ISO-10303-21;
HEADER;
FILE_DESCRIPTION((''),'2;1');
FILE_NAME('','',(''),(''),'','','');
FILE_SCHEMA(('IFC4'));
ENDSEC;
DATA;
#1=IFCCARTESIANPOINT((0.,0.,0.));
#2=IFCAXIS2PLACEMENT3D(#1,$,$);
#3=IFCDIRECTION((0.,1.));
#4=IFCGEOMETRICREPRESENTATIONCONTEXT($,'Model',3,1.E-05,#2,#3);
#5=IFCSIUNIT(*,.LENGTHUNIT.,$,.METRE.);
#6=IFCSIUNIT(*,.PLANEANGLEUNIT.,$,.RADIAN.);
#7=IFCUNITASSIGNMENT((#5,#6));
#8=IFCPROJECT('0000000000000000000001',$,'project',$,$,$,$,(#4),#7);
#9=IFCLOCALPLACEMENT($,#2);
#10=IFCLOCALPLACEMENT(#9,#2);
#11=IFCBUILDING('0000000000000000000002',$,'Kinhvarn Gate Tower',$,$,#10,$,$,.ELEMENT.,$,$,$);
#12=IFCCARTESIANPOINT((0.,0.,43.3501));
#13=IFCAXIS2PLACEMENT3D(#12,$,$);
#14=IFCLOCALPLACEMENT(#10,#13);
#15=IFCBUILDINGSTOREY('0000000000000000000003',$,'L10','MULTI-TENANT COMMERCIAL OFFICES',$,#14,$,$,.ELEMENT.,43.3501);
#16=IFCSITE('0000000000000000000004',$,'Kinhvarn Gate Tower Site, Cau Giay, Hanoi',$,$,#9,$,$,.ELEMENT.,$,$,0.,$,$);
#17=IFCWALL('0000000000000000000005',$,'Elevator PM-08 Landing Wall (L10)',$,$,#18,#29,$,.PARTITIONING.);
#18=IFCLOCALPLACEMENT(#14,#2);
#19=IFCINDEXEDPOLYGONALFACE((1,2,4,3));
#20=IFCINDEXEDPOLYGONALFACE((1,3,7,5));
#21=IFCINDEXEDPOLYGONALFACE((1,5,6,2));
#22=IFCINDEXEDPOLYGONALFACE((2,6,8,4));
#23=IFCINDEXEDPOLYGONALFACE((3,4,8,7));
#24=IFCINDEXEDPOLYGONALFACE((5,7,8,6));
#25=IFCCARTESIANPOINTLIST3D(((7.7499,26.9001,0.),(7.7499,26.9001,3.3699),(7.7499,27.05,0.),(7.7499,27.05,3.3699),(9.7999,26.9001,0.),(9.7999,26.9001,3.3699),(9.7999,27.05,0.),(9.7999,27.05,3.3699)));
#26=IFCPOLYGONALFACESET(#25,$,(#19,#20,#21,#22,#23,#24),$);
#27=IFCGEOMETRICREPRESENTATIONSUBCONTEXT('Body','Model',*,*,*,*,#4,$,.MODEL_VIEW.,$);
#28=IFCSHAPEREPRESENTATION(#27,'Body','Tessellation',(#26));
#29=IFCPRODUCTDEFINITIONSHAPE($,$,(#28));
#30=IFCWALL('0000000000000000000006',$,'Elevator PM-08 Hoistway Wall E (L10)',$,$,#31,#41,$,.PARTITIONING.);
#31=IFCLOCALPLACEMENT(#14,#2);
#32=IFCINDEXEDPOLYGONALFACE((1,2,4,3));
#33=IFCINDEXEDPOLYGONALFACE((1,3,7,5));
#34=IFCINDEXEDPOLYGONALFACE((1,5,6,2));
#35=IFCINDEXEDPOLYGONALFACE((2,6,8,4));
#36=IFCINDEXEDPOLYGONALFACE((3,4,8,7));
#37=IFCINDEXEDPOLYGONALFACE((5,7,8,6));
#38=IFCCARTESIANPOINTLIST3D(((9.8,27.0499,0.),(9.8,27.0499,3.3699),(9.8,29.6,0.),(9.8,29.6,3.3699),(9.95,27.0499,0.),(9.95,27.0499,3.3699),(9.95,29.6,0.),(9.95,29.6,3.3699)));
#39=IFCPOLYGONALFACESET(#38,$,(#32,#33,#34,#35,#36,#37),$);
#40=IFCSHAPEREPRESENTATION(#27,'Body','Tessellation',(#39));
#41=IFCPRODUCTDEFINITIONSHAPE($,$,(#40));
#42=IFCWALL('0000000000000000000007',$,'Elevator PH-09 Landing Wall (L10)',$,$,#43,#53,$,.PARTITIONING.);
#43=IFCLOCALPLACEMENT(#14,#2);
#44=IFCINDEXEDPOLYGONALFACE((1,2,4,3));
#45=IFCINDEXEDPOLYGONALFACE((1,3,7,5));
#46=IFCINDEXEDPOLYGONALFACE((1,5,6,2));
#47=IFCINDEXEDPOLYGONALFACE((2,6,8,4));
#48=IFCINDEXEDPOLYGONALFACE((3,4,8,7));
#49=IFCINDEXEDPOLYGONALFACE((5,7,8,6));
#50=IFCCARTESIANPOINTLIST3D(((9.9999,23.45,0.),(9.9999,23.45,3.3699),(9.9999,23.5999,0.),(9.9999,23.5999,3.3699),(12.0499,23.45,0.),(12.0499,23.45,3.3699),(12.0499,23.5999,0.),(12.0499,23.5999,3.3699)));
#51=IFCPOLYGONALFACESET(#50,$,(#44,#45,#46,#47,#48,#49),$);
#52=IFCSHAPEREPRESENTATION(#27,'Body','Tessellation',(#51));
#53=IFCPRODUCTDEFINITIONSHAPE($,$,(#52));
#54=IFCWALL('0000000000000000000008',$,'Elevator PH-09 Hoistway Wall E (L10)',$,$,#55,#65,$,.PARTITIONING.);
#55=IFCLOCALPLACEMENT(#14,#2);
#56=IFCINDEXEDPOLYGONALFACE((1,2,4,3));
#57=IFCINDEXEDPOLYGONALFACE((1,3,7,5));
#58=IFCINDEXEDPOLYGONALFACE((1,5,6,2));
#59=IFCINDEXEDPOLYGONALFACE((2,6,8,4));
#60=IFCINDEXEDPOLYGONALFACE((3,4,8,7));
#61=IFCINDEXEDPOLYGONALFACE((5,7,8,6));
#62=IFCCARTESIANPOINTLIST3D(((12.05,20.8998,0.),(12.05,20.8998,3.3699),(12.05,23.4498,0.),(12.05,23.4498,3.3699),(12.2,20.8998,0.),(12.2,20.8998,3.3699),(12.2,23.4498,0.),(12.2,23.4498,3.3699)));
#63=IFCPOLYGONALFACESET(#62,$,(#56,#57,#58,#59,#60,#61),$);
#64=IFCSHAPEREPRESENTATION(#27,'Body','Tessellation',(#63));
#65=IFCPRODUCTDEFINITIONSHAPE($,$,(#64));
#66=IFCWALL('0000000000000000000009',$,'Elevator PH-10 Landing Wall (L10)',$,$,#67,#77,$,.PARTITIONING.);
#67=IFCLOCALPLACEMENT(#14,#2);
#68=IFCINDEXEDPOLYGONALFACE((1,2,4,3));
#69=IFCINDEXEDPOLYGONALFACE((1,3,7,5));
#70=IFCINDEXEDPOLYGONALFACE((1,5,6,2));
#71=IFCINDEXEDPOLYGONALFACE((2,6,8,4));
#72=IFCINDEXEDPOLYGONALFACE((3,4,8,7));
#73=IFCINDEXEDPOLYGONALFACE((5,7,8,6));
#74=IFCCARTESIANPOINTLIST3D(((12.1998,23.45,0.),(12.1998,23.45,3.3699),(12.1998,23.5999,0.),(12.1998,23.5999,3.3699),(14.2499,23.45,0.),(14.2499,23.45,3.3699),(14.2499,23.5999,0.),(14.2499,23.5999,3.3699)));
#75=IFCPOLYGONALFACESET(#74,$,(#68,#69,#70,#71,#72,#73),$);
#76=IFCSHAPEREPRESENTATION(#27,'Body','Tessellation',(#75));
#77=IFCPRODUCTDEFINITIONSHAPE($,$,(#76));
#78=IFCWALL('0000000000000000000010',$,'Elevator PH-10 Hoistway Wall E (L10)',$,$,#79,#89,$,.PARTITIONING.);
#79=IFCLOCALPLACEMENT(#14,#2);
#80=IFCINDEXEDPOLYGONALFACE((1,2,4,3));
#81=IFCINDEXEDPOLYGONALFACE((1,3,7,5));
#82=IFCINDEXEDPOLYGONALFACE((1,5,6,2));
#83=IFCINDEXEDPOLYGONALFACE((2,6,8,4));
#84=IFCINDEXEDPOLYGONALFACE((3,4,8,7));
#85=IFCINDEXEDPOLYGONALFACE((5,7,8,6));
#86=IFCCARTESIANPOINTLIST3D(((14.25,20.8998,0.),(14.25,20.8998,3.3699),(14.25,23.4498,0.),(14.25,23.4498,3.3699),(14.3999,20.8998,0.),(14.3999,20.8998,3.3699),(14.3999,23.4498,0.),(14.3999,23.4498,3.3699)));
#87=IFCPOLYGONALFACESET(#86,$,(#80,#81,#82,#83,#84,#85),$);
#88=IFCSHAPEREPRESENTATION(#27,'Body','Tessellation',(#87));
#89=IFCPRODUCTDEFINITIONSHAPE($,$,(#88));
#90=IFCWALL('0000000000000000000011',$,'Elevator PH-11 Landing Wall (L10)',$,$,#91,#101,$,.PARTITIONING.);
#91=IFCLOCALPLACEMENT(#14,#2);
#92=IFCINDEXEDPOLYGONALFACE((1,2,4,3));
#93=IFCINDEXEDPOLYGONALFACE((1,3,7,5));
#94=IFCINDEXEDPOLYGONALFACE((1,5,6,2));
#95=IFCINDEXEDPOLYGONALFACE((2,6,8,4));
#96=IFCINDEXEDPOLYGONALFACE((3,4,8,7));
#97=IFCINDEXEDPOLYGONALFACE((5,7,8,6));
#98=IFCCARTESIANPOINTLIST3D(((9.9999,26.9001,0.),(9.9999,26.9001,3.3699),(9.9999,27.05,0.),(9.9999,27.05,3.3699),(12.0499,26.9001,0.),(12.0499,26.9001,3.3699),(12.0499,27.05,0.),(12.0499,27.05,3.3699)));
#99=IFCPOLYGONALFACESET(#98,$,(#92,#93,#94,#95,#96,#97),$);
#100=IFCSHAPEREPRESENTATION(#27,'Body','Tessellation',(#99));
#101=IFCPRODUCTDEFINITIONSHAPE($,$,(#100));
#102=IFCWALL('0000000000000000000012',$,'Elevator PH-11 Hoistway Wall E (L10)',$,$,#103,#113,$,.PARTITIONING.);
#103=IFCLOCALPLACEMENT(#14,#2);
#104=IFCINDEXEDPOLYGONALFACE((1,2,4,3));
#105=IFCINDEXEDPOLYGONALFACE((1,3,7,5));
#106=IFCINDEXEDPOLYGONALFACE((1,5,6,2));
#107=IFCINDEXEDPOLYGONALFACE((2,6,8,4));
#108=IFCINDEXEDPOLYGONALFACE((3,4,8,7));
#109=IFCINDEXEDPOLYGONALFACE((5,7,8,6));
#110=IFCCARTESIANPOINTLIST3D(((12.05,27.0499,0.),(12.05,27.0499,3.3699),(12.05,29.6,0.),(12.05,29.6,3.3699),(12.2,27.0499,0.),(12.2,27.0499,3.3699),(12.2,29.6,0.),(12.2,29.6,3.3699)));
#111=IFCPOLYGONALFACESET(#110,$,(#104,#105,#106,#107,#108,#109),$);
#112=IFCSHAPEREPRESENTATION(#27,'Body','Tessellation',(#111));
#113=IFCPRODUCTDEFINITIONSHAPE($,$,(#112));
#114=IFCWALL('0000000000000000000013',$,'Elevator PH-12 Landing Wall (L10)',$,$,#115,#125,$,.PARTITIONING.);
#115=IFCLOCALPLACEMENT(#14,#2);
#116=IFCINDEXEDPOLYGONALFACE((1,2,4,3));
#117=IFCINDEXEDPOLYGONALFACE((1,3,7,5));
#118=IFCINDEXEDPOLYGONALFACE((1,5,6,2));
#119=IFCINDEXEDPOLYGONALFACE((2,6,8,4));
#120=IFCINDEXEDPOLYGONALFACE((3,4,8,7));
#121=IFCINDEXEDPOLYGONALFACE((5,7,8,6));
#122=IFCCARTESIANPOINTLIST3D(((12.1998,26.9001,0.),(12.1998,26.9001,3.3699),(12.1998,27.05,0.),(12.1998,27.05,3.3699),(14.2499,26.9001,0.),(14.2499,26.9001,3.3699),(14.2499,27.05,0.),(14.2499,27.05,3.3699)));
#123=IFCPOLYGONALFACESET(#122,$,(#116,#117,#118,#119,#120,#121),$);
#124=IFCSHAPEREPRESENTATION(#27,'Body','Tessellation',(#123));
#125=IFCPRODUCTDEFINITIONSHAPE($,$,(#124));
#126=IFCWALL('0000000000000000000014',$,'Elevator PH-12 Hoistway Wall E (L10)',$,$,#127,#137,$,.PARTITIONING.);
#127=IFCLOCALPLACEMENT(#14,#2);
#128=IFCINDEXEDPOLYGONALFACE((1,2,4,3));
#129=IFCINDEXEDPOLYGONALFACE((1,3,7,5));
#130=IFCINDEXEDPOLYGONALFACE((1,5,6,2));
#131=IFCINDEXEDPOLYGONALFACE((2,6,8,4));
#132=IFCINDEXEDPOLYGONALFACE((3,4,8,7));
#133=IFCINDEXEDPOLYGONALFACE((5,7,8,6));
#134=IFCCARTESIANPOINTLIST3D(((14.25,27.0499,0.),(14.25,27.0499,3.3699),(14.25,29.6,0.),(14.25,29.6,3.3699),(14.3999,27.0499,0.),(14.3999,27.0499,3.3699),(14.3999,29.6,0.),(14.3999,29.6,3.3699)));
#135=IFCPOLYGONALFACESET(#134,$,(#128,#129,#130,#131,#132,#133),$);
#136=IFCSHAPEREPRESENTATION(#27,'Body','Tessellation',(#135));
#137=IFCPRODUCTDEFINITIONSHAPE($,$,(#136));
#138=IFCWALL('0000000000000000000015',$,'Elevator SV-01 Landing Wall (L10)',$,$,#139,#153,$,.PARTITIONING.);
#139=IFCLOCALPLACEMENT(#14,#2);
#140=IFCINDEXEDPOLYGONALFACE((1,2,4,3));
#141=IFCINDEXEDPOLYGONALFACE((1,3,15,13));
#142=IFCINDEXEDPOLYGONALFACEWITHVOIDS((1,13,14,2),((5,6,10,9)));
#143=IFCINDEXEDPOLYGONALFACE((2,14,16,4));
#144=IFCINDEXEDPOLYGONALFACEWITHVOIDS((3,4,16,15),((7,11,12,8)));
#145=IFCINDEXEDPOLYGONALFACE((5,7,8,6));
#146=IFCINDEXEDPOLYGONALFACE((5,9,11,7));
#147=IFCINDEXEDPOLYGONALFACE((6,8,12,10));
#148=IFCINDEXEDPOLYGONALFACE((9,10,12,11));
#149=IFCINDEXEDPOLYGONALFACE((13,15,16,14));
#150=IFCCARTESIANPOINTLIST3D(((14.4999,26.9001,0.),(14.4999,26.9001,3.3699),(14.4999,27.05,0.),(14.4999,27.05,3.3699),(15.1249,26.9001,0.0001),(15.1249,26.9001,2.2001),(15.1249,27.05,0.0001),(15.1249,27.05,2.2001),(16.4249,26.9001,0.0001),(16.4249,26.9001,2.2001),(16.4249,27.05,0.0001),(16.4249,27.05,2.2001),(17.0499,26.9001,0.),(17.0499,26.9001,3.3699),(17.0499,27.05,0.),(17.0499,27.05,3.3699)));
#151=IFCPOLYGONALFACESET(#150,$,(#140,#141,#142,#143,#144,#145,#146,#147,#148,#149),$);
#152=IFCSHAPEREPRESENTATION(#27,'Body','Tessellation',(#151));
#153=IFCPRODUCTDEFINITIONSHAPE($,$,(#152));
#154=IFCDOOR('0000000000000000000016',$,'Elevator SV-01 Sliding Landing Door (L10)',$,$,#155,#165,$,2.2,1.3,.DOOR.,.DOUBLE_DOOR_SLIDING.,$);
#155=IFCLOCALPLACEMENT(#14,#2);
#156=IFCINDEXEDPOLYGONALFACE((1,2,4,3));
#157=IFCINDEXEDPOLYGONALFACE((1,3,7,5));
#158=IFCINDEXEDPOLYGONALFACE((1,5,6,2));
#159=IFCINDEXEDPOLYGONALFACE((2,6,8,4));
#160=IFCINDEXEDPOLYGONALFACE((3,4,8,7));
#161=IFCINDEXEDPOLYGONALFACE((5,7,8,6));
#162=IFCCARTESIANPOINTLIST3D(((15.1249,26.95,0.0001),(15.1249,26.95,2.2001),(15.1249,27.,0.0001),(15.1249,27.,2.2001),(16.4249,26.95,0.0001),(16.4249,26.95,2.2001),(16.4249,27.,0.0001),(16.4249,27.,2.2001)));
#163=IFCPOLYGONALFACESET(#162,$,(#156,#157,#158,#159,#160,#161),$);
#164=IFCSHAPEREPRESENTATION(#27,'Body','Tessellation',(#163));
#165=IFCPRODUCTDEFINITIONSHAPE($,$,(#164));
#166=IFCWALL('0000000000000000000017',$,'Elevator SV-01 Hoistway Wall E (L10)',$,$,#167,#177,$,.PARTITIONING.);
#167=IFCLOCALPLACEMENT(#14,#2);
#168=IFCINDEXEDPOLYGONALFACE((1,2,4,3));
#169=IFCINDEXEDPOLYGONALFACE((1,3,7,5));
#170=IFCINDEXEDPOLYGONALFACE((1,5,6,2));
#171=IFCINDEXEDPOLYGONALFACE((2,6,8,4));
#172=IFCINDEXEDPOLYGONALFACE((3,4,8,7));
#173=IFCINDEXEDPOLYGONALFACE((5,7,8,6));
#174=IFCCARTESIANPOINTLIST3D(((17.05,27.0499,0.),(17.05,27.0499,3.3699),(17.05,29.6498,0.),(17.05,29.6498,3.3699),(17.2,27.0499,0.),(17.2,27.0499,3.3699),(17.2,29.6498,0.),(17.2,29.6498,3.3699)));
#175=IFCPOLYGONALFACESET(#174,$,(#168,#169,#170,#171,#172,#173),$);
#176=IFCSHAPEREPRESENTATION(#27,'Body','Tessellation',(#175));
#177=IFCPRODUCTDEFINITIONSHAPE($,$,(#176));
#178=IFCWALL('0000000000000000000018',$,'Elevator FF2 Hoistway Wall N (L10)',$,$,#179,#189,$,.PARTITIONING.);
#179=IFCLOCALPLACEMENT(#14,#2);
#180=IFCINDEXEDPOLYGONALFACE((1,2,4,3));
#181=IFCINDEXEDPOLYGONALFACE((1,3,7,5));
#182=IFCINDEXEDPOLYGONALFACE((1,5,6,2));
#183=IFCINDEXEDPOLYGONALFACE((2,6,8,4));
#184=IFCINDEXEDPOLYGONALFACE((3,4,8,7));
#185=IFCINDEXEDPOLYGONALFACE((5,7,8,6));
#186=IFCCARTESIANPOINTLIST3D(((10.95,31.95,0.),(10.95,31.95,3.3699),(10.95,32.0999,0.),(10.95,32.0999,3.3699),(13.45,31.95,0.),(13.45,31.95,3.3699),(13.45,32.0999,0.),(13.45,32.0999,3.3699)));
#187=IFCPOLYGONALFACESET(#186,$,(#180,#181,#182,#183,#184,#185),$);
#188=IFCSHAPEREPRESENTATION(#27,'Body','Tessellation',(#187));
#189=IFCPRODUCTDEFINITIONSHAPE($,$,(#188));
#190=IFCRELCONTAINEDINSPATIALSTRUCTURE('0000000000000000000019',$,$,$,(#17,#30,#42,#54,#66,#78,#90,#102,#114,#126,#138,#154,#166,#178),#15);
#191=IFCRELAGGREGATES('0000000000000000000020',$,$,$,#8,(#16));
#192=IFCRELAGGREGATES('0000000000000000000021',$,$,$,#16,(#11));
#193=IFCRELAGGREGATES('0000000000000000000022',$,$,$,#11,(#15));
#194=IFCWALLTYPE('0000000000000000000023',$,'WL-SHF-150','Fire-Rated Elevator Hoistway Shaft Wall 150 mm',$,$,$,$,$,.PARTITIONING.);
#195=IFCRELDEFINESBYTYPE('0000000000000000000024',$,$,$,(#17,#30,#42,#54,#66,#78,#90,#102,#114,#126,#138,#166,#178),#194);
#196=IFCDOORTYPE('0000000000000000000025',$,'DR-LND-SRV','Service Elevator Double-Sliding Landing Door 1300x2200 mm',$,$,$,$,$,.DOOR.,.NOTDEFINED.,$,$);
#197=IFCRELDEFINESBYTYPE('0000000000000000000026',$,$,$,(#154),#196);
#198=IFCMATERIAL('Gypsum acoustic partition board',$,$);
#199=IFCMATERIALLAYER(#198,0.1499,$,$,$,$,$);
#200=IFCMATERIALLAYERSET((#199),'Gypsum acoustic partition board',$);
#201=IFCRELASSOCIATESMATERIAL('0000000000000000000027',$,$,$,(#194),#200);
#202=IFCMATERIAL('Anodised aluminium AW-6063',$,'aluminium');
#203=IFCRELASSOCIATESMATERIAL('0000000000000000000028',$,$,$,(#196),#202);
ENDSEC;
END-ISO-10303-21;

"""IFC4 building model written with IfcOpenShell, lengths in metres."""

from ifc_helpers import new_model, si_unit, direction, frame, frame_2d, origin, place, context, subcontext, project, spatial, rectangle, extrude, material, layer, layer_set, type_object, element, fill, save


model = new_model("IFC4")

# Units and contexts
model_context = context("Model", 3, precision=1e-05, world=origin(), true_north=direction((0.0, 1.0)))
body_context = subcontext(model_context, "Body", "Model", "MODEL_VIEW")
ifc_project = project(units=[si_unit("LENGTHUNIT", "METRE"), si_unit("PLANEANGLEUNIT", "RADIAN")], contexts=[model_context])

# Site, building, storey
site_placement = place(None, origin())
site = spatial("IfcSite", under=ifc_project, at=site_placement, Name="Kinhvarn Gate Tower Site, Cau Giay, Hanoi", CompositionType="ELEMENT", RefElevation=0.0)
building_placement = place(site_placement, origin())
building = spatial("IfcBuilding", under=site, at=building_placement, Name="Kinhvarn Gate Tower", CompositionType="ELEMENT")
storey_placement = place(building_placement, frame((0.0, 0.0, 43.3501)))
storey = spatial("IfcBuildingStorey", under=building, at=storey_placement, Name="L10", Description="MULTI-TENANT COMMERCIAL OFFICES", CompositionType="ELEMENT", Elevation=43.3501)

# Shared definitions
ifc_material_1 = material(Name="Anodised aluminium AW-6063", Category="aluminium")
ifc_material_2 = material(Name="Gypsum acoustic partition board")

# Walls
ifc_layer_1 = layer(ifc_material_2, 0.1499)
ifc_layer_set_1 = layer_set([ifc_layer_1], Name="Gypsum acoustic partition board")
wall_type_1 = type_object("IfcWallType", Name="WL-SHF-150", Description="Fire-Rated Elevator Hoistway Shaft Wall 150 mm", PredefinedType="PARTITIONING", material=ifc_layer_set_1)
wall_1_placement = place(storey_placement, frame((7.75, 26.9751, 0.0), z_axis=(0.0, 0.0, 1.0), x_axis=(1.0, 0.0, 0.0)))
element("IfcWall", 1, at=wall_1_placement, inside=storey, type_object=wall_type_1, Name="Elevator PM-08 Landing Wall (L10)", PredefinedType="PARTITIONING", context=body_context, shape_type="SweptSolid", body=[
    extrude(rectangle(XDim=2.05, YDim=0.1499, at=frame_2d((1.0249, 0.0))), origin(), (0.0, 0.0, 1.0), 3.3699),
])
wall_2_placement = place(storey_placement, frame((9.875, 27.05, 0.0), z_axis=(0.0, 0.0, 1.0), x_axis=(0.0, 1.0, 0.0)))
element("IfcWall", 2, at=wall_2_placement, inside=storey, type_object=wall_type_1, Name="Elevator PM-08 Hoistway Wall E (L10)", PredefinedType="PARTITIONING", context=body_context, shape_type="SweptSolid", body=[
    extrude(rectangle(XDim=2.55, YDim=0.1499, at=frame_2d((1.2749, 0.0))), origin(), (0.0, 0.0, 1.0), 3.3699),
])
wall_3_placement = place(storey_placement, frame((10.0, 23.5249, 0.0), z_axis=(0.0, 0.0, 1.0), x_axis=(1.0, 0.0, 0.0)))
element("IfcWall", 3, at=wall_3_placement, inside=storey, type_object=wall_type_1, Name="Elevator PH-09 Landing Wall (L10)", PredefinedType="PARTITIONING", context=body_context, shape_type="SweptSolid", body=[
    extrude(rectangle(XDim=2.05, YDim=0.1499, at=frame_2d((1.0249, 0.0))), origin(), (0.0, 0.0, 1.0), 3.3699),
])
wall_4_placement = place(storey_placement, frame((12.125, 20.8999, 0.0), z_axis=(0.0, 0.0, 1.0), x_axis=(0.0, 1.0, 0.0)))
element("IfcWall", 4, at=wall_4_placement, inside=storey, type_object=wall_type_1, Name="Elevator PH-09 Hoistway Wall E (L10)", PredefinedType="PARTITIONING", context=body_context, shape_type="SweptSolid", body=[
    extrude(rectangle(XDim=2.55, YDim=0.1499, at=frame_2d((1.2749, 0.0))), origin(), (0.0, 0.0, 1.0), 3.3699),
])
wall_5_placement = place(storey_placement, frame((12.2, 23.5249, 0.0), z_axis=(0.0, 0.0, 1.0), x_axis=(1.0, 0.0, 0.0)))
element("IfcWall", 5, at=wall_5_placement, inside=storey, type_object=wall_type_1, Name="Elevator PH-10 Landing Wall (L10)", PredefinedType="PARTITIONING", context=body_context, shape_type="SweptSolid", body=[
    extrude(rectangle(XDim=2.05, YDim=0.1499, at=frame_2d((1.0249, 0.0))), origin(), (0.0, 0.0, 1.0), 3.3699),
])
wall_6_placement = place(storey_placement, frame((14.325, 20.8999, 0.0), z_axis=(0.0, 0.0, 1.0), x_axis=(0.0, 1.0, 0.0)))
element("IfcWall", 6, at=wall_6_placement, inside=storey, type_object=wall_type_1, Name="Elevator PH-10 Hoistway Wall E (L10)", PredefinedType="PARTITIONING", context=body_context, shape_type="SweptSolid", body=[
    extrude(rectangle(XDim=2.55, YDim=0.1499, at=frame_2d((1.2749, 0.0))), origin(), (0.0, 0.0, 1.0), 3.3699),
])
wall_7_placement = place(storey_placement, frame((10.0, 26.9751, 0.0), z_axis=(0.0, 0.0, 1.0), x_axis=(1.0, 0.0, 0.0)))
element("IfcWall", 7, at=wall_7_placement, inside=storey, type_object=wall_type_1, Name="Elevator PH-11 Landing Wall (L10)", PredefinedType="PARTITIONING", context=body_context, shape_type="SweptSolid", body=[
    extrude(rectangle(XDim=2.05, YDim=0.1499, at=frame_2d((1.0249, 0.0))), origin(), (0.0, 0.0, 1.0), 3.3699),
])
wall_8_placement = place(storey_placement, frame((12.125, 27.05, 0.0), z_axis=(0.0, 0.0, 1.0), x_axis=(0.0, 1.0, 0.0)))
element("IfcWall", 8, at=wall_8_placement, inside=storey, type_object=wall_type_1, Name="Elevator PH-11 Hoistway Wall E (L10)", PredefinedType="PARTITIONING", context=body_context, shape_type="SweptSolid", body=[
    extrude(rectangle(XDim=2.55, YDim=0.1499, at=frame_2d((1.2749, 0.0))), origin(), (0.0, 0.0, 1.0), 3.3699),
])
wall_9_placement = place(storey_placement, frame((12.2, 26.9751, 0.0), z_axis=(0.0, 0.0, 1.0), x_axis=(1.0, 0.0, 0.0)))
element("IfcWall", 9, at=wall_9_placement, inside=storey, type_object=wall_type_1, Name="Elevator PH-12 Landing Wall (L10)", PredefinedType="PARTITIONING", context=body_context, shape_type="SweptSolid", body=[
    extrude(rectangle(XDim=2.05, YDim=0.1499, at=frame_2d((1.0249, 0.0))), origin(), (0.0, 0.0, 1.0), 3.3699),
])
wall_10_placement = place(storey_placement, frame((14.325, 27.05, 0.0), z_axis=(0.0, 0.0, 1.0), x_axis=(0.0, 1.0, 0.0)))
element("IfcWall", 10, at=wall_10_placement, inside=storey, type_object=wall_type_1, Name="Elevator PH-12 Hoistway Wall E (L10)", PredefinedType="PARTITIONING", context=body_context, shape_type="SweptSolid", body=[
    extrude(rectangle(XDim=2.55, YDim=0.1499, at=frame_2d((1.2749, 0.0))), origin(), (0.0, 0.0, 1.0), 3.3699),
])

# Wall, opening, door
wall_11_placement = place(storey_placement, frame((14.5, 26.9751, 0.0), z_axis=(0.0, 0.0, 1.0), x_axis=(1.0, 0.0, 0.0)))
wall_11 = element("IfcWall", 11, at=wall_11_placement, inside=storey, type_object=wall_type_1, Name="Elevator SV-01 Landing Wall (L10)", PredefinedType="PARTITIONING", context=body_context, shape_type="SweptSolid", body=[
    extrude(rectangle(XDim=2.55, YDim=0.1499, at=frame_2d((1.2749, 0.0))), origin(), (0.0, 0.0, 1.0), 3.3699),
])
opening_1_placement = place(wall_11_placement, frame((0.625, 0.0, 0.0)))
opening_1 = element("IfcOpeningElement", 12, at=opening_1_placement, cuts=wall_11, PredefinedType="OPENING", context=body_context, shape_type="SweptSolid", body=[
    extrude(rectangle(XDim=1.3, YDim=2.2, at=frame_2d((0.6499, 1.1001))), frame((0.0, 0.085, 0.0), z_axis=(0.0, -1.0, 0.0), x_axis=(1.0, 0.0, 0.0)), (0.0, 0.0, 1.0), 0.1699),
])
door_type_1 = type_object("IfcDoorType", Name="DR-LND-SRV", Description="Service Elevator Double-Sliding Landing Door 1300x2200 mm", OperationType="NOTDEFINED", PredefinedType="DOOR", material=ifc_material_1)
door_1_placement = place(opening_1_placement, origin())
door_1 = element("IfcDoor", 13, at=door_1_placement, inside=storey, type_object=door_type_1, Name="Elevator SV-01 Sliding Landing Door (L10)", OperationType="DOUBLE_DOOR_SLIDING", OverallHeight=2.2, OverallWidth=1.3, PredefinedType="DOOR", context=body_context, shape_type="SweptSolid", body=[
    extrude(rectangle(XDim=1.3, YDim=2.2, at=frame_2d((0.6499, 1.1001))), frame((0.0, 0.0249, 0.0), z_axis=(0.0, -1.0, 0.0), x_axis=(1.0, 0.0, 0.0)), (0.0, 0.0, 1.0), 0.05),
])
fill(opening_1, door_1)

# Walls
wall_12_placement = place(storey_placement, frame((17.125, 27.05, 0.0), z_axis=(0.0, 0.0, 1.0), x_axis=(0.0, 1.0, 0.0)))
element("IfcWall", 14, at=wall_12_placement, inside=storey, type_object=wall_type_1, Name="Elevator SV-01 Hoistway Wall E (L10)", PredefinedType="PARTITIONING", context=body_context, shape_type="SweptSolid", body=[
    extrude(rectangle(XDim=2.5999, YDim=0.1499, at=frame_2d((1.2998, 0.0))), origin(), (0.0, 0.0, 1.0), 3.3699),
])
wall_13_placement = place(storey_placement, frame((10.95, 32.0249, 0.0), z_axis=(0.0, 0.0, 1.0), x_axis=(1.0, 0.0, 0.0)))
element("IfcWall", 15, at=wall_13_placement, inside=storey, type_object=wall_type_1, Name="Elevator FF2 Hoistway Wall N (L10)", PredefinedType="PARTITIONING", context=body_context, shape_type="SweptSolid", body=[
    extrude(rectangle(XDim=2.5, YDim=0.1499, at=frame_2d((1.25, 0.0))), origin(), (0.0, 0.0, 1.0), 3.3699),
])

save(model, "model.ifc")
